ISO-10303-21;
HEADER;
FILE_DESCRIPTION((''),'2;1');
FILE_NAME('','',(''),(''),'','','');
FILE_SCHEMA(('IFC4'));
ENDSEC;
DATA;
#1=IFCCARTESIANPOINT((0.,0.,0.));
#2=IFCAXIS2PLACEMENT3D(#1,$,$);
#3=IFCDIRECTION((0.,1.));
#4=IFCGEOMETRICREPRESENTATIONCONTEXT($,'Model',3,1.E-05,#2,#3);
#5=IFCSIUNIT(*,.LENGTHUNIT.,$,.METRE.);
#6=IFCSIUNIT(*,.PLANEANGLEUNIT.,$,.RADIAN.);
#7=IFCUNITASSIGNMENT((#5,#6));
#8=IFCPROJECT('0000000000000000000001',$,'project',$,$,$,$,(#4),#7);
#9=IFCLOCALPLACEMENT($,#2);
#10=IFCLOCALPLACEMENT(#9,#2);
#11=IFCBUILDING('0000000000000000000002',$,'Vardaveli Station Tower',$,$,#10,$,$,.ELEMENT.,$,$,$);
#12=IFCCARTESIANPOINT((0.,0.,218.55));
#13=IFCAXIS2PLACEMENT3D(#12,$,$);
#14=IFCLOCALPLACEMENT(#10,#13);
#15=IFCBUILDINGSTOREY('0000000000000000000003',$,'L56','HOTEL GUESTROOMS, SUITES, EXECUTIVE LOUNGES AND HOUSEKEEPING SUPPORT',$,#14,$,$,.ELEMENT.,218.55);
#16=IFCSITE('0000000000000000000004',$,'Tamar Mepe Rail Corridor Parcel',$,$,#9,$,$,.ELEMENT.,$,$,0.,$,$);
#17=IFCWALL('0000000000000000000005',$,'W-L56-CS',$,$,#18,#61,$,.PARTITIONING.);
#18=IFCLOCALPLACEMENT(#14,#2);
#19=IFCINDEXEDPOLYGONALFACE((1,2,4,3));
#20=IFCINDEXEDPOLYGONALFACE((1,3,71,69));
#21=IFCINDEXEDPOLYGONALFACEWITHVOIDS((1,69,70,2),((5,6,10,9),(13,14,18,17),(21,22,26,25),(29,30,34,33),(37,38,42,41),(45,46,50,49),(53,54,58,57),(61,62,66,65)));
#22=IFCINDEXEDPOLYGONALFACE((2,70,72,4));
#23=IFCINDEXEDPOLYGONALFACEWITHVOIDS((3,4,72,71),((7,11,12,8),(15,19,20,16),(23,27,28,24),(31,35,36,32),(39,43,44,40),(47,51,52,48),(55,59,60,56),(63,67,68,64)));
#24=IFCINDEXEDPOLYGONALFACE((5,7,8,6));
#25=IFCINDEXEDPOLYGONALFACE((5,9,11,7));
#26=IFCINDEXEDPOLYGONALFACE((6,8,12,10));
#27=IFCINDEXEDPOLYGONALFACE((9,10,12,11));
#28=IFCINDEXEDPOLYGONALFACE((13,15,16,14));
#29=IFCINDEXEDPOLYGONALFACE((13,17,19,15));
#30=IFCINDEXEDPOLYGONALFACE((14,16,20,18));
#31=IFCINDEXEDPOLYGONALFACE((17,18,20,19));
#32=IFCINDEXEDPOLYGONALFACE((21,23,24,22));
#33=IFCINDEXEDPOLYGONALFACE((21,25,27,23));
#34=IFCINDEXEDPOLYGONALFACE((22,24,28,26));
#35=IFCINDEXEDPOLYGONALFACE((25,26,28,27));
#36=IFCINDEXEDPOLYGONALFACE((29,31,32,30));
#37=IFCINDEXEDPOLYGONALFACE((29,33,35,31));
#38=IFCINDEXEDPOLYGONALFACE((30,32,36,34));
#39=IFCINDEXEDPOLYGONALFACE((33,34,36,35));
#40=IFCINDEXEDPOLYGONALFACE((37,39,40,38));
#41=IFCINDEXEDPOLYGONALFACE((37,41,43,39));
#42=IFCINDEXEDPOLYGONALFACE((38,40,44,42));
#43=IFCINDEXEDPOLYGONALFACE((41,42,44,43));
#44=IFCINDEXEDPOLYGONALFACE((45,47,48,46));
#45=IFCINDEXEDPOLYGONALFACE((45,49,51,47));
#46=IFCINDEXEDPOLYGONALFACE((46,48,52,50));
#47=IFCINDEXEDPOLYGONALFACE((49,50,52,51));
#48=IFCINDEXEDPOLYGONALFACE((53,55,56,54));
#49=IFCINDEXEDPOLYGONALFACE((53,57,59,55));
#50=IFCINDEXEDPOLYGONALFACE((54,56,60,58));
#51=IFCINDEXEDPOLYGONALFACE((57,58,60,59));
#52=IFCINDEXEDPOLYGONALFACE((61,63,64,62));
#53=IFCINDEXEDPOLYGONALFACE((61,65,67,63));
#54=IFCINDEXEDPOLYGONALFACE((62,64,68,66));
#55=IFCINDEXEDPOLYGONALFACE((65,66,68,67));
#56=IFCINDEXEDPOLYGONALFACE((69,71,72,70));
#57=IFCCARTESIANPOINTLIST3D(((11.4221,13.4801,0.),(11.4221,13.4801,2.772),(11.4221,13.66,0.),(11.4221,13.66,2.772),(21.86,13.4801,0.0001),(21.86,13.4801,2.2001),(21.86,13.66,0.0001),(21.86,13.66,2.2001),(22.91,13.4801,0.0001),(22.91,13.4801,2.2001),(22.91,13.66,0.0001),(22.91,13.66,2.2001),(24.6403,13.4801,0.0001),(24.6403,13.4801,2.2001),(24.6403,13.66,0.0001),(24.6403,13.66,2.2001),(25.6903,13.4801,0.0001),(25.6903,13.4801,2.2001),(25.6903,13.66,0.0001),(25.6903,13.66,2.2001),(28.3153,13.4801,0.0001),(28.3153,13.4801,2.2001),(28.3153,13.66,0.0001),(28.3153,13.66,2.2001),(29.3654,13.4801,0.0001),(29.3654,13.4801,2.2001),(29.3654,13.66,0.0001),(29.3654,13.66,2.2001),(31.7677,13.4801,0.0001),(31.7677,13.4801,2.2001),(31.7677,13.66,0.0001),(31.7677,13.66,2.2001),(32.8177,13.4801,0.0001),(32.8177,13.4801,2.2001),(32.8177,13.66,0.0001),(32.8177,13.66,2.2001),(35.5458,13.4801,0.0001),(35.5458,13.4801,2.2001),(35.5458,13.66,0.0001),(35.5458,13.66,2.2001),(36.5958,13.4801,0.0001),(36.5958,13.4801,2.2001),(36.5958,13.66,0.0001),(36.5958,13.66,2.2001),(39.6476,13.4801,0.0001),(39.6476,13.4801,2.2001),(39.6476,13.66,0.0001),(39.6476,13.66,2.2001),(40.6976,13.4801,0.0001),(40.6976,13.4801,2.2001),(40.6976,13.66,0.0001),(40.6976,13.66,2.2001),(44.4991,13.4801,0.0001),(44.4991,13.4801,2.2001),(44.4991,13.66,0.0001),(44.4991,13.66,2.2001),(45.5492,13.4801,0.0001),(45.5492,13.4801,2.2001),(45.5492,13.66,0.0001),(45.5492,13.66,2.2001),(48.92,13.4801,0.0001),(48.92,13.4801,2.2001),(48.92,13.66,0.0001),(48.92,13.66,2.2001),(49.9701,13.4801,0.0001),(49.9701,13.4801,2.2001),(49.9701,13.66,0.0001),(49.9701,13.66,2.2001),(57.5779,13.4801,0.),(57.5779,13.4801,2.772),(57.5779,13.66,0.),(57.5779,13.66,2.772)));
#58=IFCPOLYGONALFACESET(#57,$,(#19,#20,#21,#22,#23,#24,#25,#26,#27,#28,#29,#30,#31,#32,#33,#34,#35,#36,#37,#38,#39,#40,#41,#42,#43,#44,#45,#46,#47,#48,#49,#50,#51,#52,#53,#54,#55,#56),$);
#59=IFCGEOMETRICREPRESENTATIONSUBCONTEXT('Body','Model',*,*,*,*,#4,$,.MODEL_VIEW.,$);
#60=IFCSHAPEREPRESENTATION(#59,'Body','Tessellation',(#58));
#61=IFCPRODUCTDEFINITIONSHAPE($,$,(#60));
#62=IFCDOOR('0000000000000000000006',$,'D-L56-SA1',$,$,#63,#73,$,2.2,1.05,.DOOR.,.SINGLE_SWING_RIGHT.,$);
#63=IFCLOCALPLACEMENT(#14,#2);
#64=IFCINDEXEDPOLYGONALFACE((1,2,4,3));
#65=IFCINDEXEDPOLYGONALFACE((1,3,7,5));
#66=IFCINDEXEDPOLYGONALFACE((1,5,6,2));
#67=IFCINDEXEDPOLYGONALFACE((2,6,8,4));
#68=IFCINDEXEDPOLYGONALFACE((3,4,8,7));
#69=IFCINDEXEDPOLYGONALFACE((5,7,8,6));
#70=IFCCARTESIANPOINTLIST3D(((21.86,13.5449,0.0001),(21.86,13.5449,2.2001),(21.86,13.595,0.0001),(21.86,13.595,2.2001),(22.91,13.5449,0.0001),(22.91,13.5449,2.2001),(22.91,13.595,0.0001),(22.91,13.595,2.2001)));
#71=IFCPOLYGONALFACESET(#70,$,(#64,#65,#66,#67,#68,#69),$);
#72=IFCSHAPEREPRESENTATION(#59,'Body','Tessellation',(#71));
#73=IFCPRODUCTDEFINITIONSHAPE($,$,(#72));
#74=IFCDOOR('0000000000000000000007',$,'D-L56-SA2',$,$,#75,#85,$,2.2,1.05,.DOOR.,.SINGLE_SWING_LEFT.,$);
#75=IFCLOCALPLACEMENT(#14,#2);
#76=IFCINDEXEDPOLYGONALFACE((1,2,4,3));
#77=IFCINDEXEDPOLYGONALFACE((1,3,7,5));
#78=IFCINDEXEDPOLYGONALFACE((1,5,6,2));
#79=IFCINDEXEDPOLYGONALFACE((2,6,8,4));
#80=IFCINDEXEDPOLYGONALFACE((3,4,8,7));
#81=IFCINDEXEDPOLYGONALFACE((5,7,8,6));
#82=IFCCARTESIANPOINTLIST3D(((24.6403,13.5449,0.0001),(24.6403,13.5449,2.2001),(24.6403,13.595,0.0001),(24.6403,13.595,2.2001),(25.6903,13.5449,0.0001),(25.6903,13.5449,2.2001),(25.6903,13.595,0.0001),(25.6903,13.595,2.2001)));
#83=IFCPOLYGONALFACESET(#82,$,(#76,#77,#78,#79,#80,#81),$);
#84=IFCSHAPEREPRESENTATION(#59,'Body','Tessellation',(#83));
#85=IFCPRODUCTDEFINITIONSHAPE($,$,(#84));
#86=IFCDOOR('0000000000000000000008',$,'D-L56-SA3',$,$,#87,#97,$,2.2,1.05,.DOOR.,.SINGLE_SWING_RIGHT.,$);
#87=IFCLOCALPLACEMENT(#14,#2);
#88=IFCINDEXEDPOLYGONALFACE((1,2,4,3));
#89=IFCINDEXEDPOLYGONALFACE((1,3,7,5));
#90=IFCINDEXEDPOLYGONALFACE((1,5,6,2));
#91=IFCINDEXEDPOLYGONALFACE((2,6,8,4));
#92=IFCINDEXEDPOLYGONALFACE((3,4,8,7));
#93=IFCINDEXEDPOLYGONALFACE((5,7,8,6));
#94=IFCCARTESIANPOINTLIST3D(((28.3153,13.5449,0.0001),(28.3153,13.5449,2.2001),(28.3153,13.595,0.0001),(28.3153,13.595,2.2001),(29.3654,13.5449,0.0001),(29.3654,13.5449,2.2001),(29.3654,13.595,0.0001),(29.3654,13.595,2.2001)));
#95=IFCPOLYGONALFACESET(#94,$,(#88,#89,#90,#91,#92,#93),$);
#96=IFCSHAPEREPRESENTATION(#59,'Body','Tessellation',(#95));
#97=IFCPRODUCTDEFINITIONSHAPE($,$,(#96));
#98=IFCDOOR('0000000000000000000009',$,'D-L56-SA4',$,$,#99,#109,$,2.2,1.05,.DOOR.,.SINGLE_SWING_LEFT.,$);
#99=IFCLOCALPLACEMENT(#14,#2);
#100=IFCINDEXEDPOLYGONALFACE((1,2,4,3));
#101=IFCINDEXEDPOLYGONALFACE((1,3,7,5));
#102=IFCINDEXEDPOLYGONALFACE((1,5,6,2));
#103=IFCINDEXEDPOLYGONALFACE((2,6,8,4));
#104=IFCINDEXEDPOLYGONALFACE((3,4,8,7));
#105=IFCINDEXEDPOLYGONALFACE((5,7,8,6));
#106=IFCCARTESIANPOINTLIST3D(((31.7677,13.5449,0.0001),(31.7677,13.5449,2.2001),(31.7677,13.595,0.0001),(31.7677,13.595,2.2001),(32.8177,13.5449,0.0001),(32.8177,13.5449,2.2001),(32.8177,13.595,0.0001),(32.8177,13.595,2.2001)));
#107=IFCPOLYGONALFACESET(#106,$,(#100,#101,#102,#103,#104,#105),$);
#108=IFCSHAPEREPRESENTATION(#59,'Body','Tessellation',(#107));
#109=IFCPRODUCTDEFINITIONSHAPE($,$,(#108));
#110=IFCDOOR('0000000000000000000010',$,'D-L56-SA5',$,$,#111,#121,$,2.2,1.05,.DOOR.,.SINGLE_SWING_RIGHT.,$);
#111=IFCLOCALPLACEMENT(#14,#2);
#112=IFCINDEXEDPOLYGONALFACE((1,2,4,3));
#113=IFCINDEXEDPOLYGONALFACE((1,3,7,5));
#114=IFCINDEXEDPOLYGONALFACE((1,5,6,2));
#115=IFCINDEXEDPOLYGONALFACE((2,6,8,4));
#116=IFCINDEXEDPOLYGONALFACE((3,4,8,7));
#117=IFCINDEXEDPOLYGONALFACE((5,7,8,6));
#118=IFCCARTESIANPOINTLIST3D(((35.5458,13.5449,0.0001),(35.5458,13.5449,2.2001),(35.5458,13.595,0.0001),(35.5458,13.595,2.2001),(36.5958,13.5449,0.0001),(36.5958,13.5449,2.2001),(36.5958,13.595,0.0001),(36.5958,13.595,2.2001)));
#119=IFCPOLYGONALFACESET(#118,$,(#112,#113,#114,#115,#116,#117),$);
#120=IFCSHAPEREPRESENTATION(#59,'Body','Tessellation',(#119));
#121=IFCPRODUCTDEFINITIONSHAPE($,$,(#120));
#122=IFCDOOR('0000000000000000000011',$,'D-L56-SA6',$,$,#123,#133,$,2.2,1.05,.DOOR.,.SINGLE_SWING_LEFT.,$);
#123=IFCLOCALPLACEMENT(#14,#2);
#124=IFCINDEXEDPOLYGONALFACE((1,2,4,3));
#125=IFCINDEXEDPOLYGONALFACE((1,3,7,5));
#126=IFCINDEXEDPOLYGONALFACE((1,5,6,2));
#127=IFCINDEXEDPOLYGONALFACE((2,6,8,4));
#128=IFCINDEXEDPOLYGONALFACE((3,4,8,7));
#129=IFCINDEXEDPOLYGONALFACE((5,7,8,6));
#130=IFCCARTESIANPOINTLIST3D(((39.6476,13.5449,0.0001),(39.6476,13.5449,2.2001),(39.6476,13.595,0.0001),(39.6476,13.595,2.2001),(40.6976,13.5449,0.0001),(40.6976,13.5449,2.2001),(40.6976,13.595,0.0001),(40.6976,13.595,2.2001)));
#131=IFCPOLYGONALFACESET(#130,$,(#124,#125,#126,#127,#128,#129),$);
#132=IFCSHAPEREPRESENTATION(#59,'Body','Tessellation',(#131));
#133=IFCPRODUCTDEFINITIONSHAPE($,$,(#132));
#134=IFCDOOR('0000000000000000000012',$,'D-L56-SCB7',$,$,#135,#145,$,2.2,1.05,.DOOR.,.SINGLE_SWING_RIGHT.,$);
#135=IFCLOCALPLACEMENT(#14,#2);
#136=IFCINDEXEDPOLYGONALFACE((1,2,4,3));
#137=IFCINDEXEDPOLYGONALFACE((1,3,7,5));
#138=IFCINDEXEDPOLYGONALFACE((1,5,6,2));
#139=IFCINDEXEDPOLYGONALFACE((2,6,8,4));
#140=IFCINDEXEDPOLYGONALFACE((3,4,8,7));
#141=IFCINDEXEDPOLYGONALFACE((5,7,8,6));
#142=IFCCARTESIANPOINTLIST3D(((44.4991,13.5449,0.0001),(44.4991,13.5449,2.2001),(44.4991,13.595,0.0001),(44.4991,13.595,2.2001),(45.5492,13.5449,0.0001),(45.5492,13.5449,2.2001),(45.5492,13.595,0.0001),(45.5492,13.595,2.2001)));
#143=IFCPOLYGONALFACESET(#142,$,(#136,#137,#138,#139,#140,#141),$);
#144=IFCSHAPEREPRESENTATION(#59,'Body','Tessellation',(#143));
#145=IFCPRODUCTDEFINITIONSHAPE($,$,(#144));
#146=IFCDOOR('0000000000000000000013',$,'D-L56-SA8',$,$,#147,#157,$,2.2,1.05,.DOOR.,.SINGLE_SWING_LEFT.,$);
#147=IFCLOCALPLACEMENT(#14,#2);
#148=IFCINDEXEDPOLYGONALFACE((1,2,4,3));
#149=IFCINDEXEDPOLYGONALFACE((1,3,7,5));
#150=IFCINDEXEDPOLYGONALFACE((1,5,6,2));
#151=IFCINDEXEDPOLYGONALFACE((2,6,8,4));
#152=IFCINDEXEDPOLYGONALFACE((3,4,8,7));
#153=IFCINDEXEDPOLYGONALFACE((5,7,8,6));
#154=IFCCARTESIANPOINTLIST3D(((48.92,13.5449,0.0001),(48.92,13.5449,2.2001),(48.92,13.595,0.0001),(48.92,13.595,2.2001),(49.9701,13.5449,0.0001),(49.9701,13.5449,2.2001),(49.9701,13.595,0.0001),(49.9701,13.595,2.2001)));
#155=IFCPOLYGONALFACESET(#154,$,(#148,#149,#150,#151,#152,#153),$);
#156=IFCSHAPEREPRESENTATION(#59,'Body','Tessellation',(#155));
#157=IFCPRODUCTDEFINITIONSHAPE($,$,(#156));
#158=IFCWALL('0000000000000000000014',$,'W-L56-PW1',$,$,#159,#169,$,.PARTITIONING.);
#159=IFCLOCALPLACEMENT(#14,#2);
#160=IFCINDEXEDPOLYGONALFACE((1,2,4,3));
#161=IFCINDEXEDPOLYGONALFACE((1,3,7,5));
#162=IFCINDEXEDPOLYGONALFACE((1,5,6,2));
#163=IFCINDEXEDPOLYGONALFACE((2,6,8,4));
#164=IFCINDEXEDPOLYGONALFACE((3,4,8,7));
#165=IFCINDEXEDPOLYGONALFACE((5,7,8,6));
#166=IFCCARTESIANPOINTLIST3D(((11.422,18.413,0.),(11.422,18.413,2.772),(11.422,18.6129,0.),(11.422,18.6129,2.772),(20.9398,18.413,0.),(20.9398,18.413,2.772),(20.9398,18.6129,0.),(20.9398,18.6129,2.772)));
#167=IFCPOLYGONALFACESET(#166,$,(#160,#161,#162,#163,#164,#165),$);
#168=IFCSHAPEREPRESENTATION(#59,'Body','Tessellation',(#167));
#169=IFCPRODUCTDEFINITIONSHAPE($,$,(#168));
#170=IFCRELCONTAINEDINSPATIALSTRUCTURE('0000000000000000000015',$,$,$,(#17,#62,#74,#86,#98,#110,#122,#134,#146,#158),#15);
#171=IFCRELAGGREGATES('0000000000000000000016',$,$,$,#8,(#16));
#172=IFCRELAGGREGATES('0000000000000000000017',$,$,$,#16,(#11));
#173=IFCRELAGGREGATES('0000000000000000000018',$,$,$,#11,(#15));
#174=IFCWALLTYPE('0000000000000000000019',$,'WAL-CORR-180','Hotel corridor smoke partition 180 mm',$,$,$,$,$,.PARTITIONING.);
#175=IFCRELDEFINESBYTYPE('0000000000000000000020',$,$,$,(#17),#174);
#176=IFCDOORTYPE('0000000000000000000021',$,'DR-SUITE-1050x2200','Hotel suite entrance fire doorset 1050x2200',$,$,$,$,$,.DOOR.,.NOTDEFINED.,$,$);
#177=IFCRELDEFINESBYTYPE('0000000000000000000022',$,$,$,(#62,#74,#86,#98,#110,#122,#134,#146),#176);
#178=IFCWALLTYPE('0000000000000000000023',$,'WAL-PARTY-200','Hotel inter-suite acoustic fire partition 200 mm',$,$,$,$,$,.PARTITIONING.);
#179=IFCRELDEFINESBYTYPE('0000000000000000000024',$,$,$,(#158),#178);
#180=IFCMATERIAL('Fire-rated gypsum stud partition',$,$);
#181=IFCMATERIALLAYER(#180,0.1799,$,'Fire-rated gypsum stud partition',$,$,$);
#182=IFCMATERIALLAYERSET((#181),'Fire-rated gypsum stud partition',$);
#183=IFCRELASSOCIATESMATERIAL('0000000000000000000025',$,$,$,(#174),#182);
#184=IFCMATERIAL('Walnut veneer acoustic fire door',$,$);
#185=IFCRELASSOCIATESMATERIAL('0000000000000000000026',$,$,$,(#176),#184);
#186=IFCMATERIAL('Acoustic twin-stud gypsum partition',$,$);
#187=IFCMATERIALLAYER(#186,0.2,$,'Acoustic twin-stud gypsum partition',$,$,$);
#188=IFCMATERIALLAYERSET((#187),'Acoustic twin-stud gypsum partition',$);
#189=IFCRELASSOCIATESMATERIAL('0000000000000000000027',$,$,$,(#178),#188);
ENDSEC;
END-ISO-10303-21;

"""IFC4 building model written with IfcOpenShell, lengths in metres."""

from ifc_helpers import new_model, si_unit, direction, frame, frame_2d, origin, place, context, subcontext, project, spatial, rectangle, extrude, source, transform, mapped, material, layer, layer_set, type_object, element, fill, save


model = new_model("IFC4")

# Units and contexts
model_context = context("Model", 3, precision=1e-05, world=origin(), true_north=direction((0.0, 1.0)))
body_context = subcontext(model_context, "Body", "Model", "MODEL_VIEW")
ifc_project = project(units=[si_unit("LENGTHUNIT", "METRE"), si_unit("PLANEANGLEUNIT", "RADIAN")], contexts=[model_context])

# Site, building, storey
site_placement = place(None, origin())
site = spatial("IfcSite", under=ifc_project, at=site_placement, Name="Tamar Mepe Rail Corridor Parcel", CompositionType="ELEMENT", RefElevation=0.0)
building_placement = place(site_placement, origin())
building = spatial("IfcBuilding", under=site, at=building_placement, Name="Vardaveli Station Tower", CompositionType="ELEMENT")
storey_placement = place(building_placement, frame((0.0, 0.0, 218.55)))
storey = spatial("IfcBuildingStorey", under=building, at=storey_placement, Name="L56", Description="HOTEL GUESTROOMS, SUITES, EXECUTIVE LOUNGES AND HOUSEKEEPING SUPPORT", CompositionType="ELEMENT", Elevation=218.55)

# Wall, openings, doors
ifc_material_1 = material(Name="Fire-rated gypsum stud partition")
ifc_layer_1 = layer(ifc_material_1, 0.1799, Name="Fire-rated gypsum stud partition")
ifc_layer_set_1 = layer_set([ifc_layer_1], Name="Fire-rated gypsum stud partition")
wall_type_1 = type_object("IfcWallType", Name="WAL-CORR-180", Description="Hotel corridor smoke partition 180 mm", PredefinedType="PARTITIONING", material=ifc_layer_set_1)
shared_shape_1 = source(origin(), body_context, "Body", "SweptSolid", [
    extrude(rectangle(XDim=46.1558, YDim=0.1799, at=frame_2d((23.0779, 0.0))), origin(), (0.0, 0.0, 1.0), 2.772),
])
wall_1_placement = place(storey_placement, frame((11.4221, 13.5701, 0.0), z_axis=(0.0, 0.0, 1.0), x_axis=(1.0, 0.0, 0.0)))
wall_1 = element("IfcWall", 1, at=wall_1_placement, inside=storey, type_object=wall_type_1, Name="W-L56-CS", PredefinedType="PARTITIONING", context=body_context, shape_type="MappedRepresentation", body=[
    mapped(shared_shape_1, transform((0.0, 0.0, 0.0), scale=1.0)),
])
shared_shape_2 = source(origin(), body_context, "Body", "SweptSolid", [
    extrude(rectangle(XDim=1.05, YDim=2.2, at=frame_2d((0.5249, 1.1001))), frame((0.0, 0.1001, 0.0), z_axis=(0.0, -1.0, 0.0), x_axis=(1.0, 0.0, 0.0)), (0.0, 0.0, 1.0), 0.2),
])
opening_1_placement = place(wall_1_placement, frame((10.438, 0.0, 0.0)))
opening_1 = element("IfcOpeningElement", 2, at=opening_1_placement, cuts=wall_1, PredefinedType="OPENING", context=body_context, shape_type="MappedRepresentation", body=[
    mapped(shared_shape_2, transform((0.0, 0.0, 0.0), scale=1.0)),
])
opening_2_placement = place(wall_1_placement, frame((13.2183, 0.0, 0.0)))
opening_2 = element("IfcOpeningElement", 3, at=opening_2_placement, cuts=wall_1, PredefinedType="OPENING", context=body_context, shape_type="MappedRepresentation", body=[
    mapped(shared_shape_2, transform((0.0, 0.0, 0.0), scale=1.0)),
])
opening_3_placement = place(wall_1_placement, frame((16.8933, 0.0, 0.0)))
opening_3 = element("IfcOpeningElement", 4, at=opening_3_placement, cuts=wall_1, PredefinedType="OPENING", context=body_context, shape_type="MappedRepresentation", body=[
    mapped(shared_shape_2, transform((0.0, 0.0, 0.0), scale=1.0)),
])
opening_4_placement = place(wall_1_placement, frame((20.3457, 0.0, 0.0)))
opening_4 = element("IfcOpeningElement", 5, at=opening_4_placement, cuts=wall_1, PredefinedType="OPENING", context=body_context, shape_type="MappedRepresentation", body=[
    mapped(shared_shape_2, transform((0.0, 0.0, 0.0), scale=1.0)),
])
opening_5_placement = place(wall_1_placement, frame((24.1238, 0.0, 0.0)))
opening_5 = element("IfcOpeningElement", 6, at=opening_5_placement, cuts=wall_1, PredefinedType="OPENING", context=body_context, shape_type="MappedRepresentation", body=[
    mapped(shared_shape_2, transform((0.0, 0.0, 0.0), scale=1.0)),
])
opening_6_placement = place(wall_1_placement, frame((28.2256, 0.0, 0.0)))
opening_6 = element("IfcOpeningElement", 7, at=opening_6_placement, cuts=wall_1, PredefinedType="OPENING", context=body_context, shape_type="MappedRepresentation", body=[
    mapped(shared_shape_2, transform((0.0, 0.0, 0.0), scale=1.0)),
])
opening_7_placement = place(wall_1_placement, frame((33.0771, 0.0, 0.0)))
opening_7 = element("IfcOpeningElement", 8, at=opening_7_placement, cuts=wall_1, PredefinedType="OPENING", context=body_context, shape_type="MappedRepresentation", body=[
    mapped(shared_shape_2, transform((0.0, 0.0, 0.0), scale=1.0)),
])
opening_8_placement = place(wall_1_placement, frame((37.498, 0.0, 0.0)))
opening_8 = element("IfcOpeningElement", 9, at=opening_8_placement, cuts=wall_1, PredefinedType="OPENING", context=body_context, shape_type="MappedRepresentation", body=[
    mapped(shared_shape_2, transform((0.0, 0.0, 0.0), scale=1.0)),
])
ifc_material_2 = material(Name="Walnut veneer acoustic fire door")
door_type = type_object("IfcDoorType", Name="DR-SUITE-1050x2200", Description="Hotel suite entrance fire doorset 1050x2200", OperationType="NOTDEFINED", PredefinedType="DOOR", material=ifc_material_2)
shared_shape_3 = source(origin(), body_context, "Body", "SweptSolid", [
    extrude(rectangle(XDim=1.05, YDim=2.2, at=frame_2d((0.5249, 1.1001))), frame((0.0, 0.0249, 0.0), z_axis=(0.0, -1.0, 0.0), x_axis=(1.0, 0.0, 0.0)), (0.0, 0.0, 1.0), 0.05),
])
door_1_placement = place(opening_1_placement, origin())
door_1 = element("IfcDoor", 10, at=door_1_placement, inside=storey, type_object=door_type, Name="D-L56-SA1", OperationType="SINGLE_SWING_RIGHT", OverallHeight=2.2, OverallWidth=1.05, PredefinedType="DOOR", context=body_context, shape_type="MappedRepresentation", body=[
    mapped(shared_shape_3, transform((0.0, 0.0, 0.0), scale=1.0)),
])
fill(opening_1, door_1)
door_2_placement = place(opening_2_placement, origin())
door_2 = element("IfcDoor", 11, at=door_2_placement, inside=storey, type_object=door_type, Name="D-L56-SA2", OperationType="SINGLE_SWING_LEFT", OverallHeight=2.2, OverallWidth=1.05, PredefinedType="DOOR", context=body_context, shape_type="MappedRepresentation", body=[
    mapped(shared_shape_3, transform((0.0, 0.0, 0.0), scale=1.0)),
])
fill(opening_2, door_2)
door_3_placement = place(opening_3_placement, origin())
door_3 = element("IfcDoor", 12, at=door_3_placement, inside=storey, type_object=door_type, Name="D-L56-SA3", OperationType="SINGLE_SWING_RIGHT", OverallHeight=2.2, OverallWidth=1.05, PredefinedType="DOOR", context=body_context, shape_type="MappedRepresentation", body=[
    mapped(shared_shape_3, transform((0.0, 0.0, 0.0), scale=1.0)),
])
fill(opening_3, door_3)
door_4_placement = place(opening_4_placement, origin())
door_4 = element("IfcDoor", 13, at=door_4_placement, inside=storey, type_object=door_type, Name="D-L56-SA4", OperationType="SINGLE_SWING_LEFT", OverallHeight=2.2, OverallWidth=1.05, PredefinedType="DOOR", context=body_context, shape_type="MappedRepresentation", body=[
    mapped(shared_shape_3, transform((0.0, 0.0, 0.0), scale=1.0)),
])
fill(opening_4, door_4)
door_5_placement = place(opening_5_placement, origin())
door_5 = element("IfcDoor", 14, at=door_5_placement, inside=storey, type_object=door_type, Name="D-L56-SA5", OperationType="SINGLE_SWING_RIGHT", OverallHeight=2.2, OverallWidth=1.05, PredefinedType="DOOR", context=body_context, shape_type="MappedRepresentation", body=[
    mapped(shared_shape_3, transform((0.0, 0.0, 0.0), scale=1.0)),
])
fill(opening_5, door_5)
door_6_placement = place(opening_6_placement, origin())
door_6 = element("IfcDoor", 15, at=door_6_placement, inside=storey, type_object=door_type, Name="D-L56-SA6", OperationType="SINGLE_SWING_LEFT", OverallHeight=2.2, OverallWidth=1.05, PredefinedType="DOOR", context=body_context, shape_type="MappedRepresentation", body=[
    mapped(shared_shape_3, transform((0.0, 0.0, 0.0), scale=1.0)),
])
fill(opening_6, door_6)
door_7_placement = place(opening_7_placement, origin())
door_7 = element("IfcDoor", 16, at=door_7_placement, inside=storey, type_object=door_type, Name="D-L56-SCB7", OperationType="SINGLE_SWING_RIGHT", OverallHeight=2.2, OverallWidth=1.05, PredefinedType="DOOR", context=body_context, shape_type="MappedRepresentation", body=[
    mapped(shared_shape_3, transform((0.0, 0.0, 0.0), scale=1.0)),
])
fill(opening_7, door_7)
door_8_placement = place(opening_8_placement, origin())
door_8 = element("IfcDoor", 17, at=door_8_placement, inside=storey, type_object=door_type, Name="D-L56-SA8", OperationType="SINGLE_SWING_LEFT", OverallHeight=2.2, OverallWidth=1.05, PredefinedType="DOOR", context=body_context, shape_type="MappedRepresentation", body=[
    mapped(shared_shape_3, transform((0.0, 0.0, 0.0), scale=1.0)),
])
fill(opening_8, door_8)

# Wall
ifc_material_3 = material(Name="Acoustic twin-stud gypsum partition")
ifc_layer_2 = layer(ifc_material_3, 0.2, Name="Acoustic twin-stud gypsum partition")
ifc_layer_set_2 = layer_set([ifc_layer_2], Name="Acoustic twin-stud gypsum partition")
wall_type_2 = type_object("IfcWallType", Name="WAL-PARTY-200", Description="Hotel inter-suite acoustic fire partition 200 mm", PredefinedType="PARTITIONING", material=ifc_layer_set_2)
shared_shape_4 = source(origin(), body_context, "Body", "SweptSolid", [
    extrude(rectangle(XDim=9.5178, YDim=0.2, at=frame_2d((4.7588, 0.0))), origin(), (0.0, 0.0, 1.0), 2.772),
])
wall_2_placement = place(storey_placement, frame((11.4221, 18.5129, 0.0), z_axis=(0.0, 0.0, 1.0), x_axis=(1.0, 0.0, 0.0)))
element("IfcWall", 18, at=wall_2_placement, inside=storey, type_object=wall_type_2, Name="W-L56-PW1", PredefinedType="PARTITIONING", context=body_context, shape_type="MappedRepresentation", body=[
    mapped(shared_shape_4, transform((0.0, 0.0, 0.0), scale=1.0)),
])

save(model, "model.ifc")
